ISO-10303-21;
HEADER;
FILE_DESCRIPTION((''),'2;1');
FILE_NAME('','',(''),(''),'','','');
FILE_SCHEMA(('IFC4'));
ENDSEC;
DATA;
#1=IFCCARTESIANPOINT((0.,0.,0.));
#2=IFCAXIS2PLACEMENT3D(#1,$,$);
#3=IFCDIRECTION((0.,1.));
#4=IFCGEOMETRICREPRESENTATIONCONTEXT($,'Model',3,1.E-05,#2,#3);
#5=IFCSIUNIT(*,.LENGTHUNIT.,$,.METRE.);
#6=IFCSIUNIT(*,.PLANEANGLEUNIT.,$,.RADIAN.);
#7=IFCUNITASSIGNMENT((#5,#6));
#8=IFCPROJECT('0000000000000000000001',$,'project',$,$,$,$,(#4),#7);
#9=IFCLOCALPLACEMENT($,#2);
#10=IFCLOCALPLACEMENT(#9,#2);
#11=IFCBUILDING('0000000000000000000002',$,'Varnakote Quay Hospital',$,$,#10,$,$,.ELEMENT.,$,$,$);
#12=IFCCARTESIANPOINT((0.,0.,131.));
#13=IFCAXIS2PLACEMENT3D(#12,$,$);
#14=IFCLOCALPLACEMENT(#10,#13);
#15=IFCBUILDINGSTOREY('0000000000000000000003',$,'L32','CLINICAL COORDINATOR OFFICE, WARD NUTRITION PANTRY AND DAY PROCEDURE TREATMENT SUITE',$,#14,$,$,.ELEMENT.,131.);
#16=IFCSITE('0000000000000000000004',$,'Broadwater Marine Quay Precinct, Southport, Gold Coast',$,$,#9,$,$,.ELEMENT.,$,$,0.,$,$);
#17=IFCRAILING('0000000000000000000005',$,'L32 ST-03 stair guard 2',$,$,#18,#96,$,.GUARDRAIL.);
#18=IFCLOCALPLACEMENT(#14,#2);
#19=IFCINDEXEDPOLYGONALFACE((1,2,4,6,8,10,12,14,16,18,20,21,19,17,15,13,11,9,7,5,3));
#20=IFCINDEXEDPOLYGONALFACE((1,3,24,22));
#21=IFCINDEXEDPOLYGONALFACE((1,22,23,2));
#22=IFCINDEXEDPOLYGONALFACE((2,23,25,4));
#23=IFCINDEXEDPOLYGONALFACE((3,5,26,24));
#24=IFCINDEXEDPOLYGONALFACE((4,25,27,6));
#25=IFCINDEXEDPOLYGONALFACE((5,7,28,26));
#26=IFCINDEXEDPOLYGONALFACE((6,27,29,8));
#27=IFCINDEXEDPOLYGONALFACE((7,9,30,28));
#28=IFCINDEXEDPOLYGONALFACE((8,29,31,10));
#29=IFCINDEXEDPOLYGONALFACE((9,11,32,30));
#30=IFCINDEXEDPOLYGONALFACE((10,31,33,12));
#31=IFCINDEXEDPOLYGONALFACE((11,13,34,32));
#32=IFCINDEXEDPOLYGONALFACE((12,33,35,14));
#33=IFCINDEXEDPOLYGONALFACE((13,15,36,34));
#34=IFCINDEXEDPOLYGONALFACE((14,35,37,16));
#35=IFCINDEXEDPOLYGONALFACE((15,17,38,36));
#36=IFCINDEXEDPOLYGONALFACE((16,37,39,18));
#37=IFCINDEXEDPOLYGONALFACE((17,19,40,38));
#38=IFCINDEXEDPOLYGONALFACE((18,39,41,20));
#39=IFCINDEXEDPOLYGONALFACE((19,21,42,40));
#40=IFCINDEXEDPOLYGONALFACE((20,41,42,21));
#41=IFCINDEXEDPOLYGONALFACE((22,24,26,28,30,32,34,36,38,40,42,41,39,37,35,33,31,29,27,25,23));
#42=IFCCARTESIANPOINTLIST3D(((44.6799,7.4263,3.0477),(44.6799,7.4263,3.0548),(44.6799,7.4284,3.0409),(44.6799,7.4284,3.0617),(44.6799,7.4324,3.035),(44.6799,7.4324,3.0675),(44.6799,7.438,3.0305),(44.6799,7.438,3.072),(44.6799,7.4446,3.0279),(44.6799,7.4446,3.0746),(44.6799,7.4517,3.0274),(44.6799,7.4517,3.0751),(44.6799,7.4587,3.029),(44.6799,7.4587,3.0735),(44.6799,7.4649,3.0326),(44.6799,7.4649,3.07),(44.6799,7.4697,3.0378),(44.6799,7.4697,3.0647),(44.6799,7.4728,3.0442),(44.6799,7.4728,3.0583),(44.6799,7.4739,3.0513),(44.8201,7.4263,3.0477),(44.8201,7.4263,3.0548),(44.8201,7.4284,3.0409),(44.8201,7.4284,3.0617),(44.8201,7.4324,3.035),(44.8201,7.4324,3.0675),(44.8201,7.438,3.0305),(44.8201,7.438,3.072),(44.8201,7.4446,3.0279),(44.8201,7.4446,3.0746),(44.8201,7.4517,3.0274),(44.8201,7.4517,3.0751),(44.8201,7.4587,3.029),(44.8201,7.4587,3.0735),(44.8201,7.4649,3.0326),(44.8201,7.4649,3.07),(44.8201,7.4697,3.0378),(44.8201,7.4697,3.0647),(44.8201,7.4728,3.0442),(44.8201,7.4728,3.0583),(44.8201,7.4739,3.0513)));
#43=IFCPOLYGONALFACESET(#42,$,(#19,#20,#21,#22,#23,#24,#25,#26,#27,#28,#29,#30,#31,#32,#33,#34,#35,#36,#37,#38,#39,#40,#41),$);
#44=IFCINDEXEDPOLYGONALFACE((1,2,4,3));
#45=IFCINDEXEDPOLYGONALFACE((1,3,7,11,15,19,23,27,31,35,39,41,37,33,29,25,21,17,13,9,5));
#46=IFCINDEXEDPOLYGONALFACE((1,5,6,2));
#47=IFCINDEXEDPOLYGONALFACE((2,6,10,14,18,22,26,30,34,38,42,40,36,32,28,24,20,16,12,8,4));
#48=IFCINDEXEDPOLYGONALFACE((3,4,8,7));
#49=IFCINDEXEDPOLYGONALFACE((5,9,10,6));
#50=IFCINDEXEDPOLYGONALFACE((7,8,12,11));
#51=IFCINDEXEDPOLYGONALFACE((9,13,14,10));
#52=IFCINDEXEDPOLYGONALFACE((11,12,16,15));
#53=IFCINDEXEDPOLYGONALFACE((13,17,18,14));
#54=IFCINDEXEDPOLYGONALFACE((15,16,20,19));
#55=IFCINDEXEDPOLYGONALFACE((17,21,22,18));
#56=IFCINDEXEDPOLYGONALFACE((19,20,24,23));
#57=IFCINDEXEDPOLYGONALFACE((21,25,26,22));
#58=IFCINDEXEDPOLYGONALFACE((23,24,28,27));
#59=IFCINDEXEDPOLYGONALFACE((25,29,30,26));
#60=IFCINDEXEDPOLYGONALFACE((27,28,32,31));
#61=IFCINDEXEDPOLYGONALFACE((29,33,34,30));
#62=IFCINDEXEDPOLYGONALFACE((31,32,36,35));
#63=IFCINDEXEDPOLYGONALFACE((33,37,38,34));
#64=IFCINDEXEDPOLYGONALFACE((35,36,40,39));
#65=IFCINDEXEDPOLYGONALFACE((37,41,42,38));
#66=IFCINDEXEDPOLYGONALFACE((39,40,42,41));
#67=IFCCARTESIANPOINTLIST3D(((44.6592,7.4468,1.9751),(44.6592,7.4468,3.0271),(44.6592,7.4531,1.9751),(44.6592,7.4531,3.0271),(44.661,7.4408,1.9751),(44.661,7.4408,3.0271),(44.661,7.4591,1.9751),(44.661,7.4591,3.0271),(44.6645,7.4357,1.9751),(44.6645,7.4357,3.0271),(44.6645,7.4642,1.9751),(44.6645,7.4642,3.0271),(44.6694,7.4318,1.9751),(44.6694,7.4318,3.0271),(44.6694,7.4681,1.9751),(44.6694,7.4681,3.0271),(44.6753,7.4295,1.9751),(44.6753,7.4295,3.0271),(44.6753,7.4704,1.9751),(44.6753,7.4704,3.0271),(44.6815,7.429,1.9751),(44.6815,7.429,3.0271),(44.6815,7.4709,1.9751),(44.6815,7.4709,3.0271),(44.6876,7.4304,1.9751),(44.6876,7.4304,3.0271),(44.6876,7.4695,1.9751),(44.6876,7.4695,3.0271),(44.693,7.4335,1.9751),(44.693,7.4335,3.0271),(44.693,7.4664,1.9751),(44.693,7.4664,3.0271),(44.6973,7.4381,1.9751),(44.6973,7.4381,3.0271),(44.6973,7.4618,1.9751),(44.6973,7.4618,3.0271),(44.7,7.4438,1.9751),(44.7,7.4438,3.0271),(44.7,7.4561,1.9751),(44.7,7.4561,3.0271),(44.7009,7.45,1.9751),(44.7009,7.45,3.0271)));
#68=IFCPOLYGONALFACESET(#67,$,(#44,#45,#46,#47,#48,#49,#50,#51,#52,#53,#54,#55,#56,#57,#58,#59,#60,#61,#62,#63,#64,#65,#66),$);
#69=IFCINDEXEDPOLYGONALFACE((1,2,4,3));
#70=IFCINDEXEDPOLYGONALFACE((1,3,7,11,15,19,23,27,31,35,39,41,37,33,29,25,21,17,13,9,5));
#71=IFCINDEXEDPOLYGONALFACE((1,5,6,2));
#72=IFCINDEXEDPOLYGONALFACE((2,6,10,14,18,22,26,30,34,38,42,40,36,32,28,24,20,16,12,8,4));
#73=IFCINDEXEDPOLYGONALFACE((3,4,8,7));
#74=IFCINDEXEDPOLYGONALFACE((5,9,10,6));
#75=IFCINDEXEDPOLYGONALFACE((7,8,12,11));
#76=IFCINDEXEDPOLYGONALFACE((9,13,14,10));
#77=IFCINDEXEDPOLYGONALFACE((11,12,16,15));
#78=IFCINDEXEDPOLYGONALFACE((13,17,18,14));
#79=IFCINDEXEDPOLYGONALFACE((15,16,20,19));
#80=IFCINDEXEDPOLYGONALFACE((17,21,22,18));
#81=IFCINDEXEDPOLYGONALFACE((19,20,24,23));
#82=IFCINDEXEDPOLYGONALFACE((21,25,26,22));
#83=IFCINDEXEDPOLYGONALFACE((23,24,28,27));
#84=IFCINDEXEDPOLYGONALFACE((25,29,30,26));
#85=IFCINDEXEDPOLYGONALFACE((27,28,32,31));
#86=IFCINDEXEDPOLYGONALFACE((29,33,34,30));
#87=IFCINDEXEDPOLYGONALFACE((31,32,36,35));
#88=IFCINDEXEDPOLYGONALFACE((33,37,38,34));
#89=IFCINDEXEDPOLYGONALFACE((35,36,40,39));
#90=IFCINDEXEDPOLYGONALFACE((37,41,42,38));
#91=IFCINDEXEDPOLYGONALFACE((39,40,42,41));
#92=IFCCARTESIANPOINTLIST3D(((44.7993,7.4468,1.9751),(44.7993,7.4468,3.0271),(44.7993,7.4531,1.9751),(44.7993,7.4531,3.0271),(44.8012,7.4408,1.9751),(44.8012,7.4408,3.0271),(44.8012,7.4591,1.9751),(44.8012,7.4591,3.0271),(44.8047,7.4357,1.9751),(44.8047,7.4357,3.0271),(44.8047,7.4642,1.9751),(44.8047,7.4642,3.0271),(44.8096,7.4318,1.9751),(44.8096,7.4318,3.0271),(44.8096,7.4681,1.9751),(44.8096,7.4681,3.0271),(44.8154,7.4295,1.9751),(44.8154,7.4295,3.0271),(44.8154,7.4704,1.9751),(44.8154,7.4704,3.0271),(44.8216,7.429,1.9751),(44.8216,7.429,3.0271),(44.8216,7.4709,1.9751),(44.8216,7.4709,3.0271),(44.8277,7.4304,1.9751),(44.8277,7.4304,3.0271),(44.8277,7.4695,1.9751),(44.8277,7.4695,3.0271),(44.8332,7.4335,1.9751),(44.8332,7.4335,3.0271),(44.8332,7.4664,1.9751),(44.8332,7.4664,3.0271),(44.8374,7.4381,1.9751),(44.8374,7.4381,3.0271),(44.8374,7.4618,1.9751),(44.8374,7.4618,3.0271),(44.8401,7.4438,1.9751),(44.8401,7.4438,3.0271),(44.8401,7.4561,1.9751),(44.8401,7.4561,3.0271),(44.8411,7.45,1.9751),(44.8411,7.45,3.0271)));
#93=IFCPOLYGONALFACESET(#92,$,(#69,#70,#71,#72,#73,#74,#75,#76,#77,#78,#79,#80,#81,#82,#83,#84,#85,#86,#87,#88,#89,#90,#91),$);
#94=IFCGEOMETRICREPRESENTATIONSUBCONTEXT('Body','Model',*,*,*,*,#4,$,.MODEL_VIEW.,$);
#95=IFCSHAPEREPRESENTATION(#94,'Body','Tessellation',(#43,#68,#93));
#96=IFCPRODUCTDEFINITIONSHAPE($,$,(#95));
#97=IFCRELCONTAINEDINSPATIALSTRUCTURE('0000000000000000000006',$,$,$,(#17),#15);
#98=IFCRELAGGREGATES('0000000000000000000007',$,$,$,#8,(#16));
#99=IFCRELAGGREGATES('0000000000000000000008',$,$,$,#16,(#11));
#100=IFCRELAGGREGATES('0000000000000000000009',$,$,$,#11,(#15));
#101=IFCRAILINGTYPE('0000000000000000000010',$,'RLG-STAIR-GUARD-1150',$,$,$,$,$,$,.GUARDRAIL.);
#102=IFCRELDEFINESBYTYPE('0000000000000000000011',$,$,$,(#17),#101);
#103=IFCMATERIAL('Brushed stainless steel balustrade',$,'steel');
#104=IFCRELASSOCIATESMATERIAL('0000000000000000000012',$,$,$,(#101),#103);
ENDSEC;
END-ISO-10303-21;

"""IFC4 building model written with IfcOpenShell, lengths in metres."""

from ifc_helpers import new_model, si_unit, direction, frame, origin, origin_2d, place, context, subcontext, project, spatial, circle, extrude, material, type_object, element, save


model = new_model("IFC4")

# Units and contexts
model_context = context("Model", 3, precision=1e-05, world=origin(), true_north=direction((0.0, 1.0)))
body_context = subcontext(model_context, "Body", "Model", "MODEL_VIEW")
ifc_project = project(units=[si_unit("LENGTHUNIT", "METRE"), si_unit("PLANEANGLEUNIT", "RADIAN")], contexts=[model_context])

# Site, building, storey
site_placement = place(None, origin())
site = spatial("IfcSite", under=ifc_project, at=site_placement, Name="Broadwater Marine Quay Precinct, Southport, Gold Coast", CompositionType="ELEMENT", RefElevation=0.0)
building_placement = place(site_placement, origin())
building = spatial("IfcBuilding", under=site, at=building_placement, Name="Varnakote Quay Hospital", CompositionType="ELEMENT")
storey_placement = place(building_placement, frame((0.0, 0.0, 131.0)))
storey = spatial("IfcBuildingStorey", under=building, at=storey_placement, Name="L32", Description="CLINICAL COORDINATOR OFFICE, WARD NUTRITION PANTRY AND DAY PROCEDURE TREATMENT SUITE", CompositionType="ELEMENT", Elevation=131.0)

# Railing
ifc_material_1 = material(Name="Brushed stainless steel balustrade", Category="steel")
railing_type_1 = type_object("IfcRailingType", Name="RLG-STAIR-GUARD-1150", PredefinedType="GUARDRAIL", material=ifc_material_1)
railing_1_placement = place(storey_placement, frame((44.6799, 7.45, 1.9751)))
element("IfcRailing", 1, at=railing_1_placement, inside=storey, type_object=railing_type_1, Name="L32 ST-03 stair guard 2", PredefinedType="GUARDRAIL", context=body_context, shape_type="SweptSolid", body=[
    extrude(circle(Radius=0.0239, at=origin_2d()), frame((0.0, 0.0, 1.0762), z_axis=(1.0, 0.0, 0.0), x_axis=(0.0, 1.0, 0.0)), (0.0, 0.0, 1.0), 0.1401),
    extrude(circle(Radius=0.021, at=origin_2d()), origin(), (0.0, 0.0, 1.0), 1.052),
    extrude(circle(Radius=0.021, at=origin_2d()), frame((0.1401, 0.0, 0.0)), (0.0, 0.0, 1.0), 1.052),
])

save(model, "model.ifc")
